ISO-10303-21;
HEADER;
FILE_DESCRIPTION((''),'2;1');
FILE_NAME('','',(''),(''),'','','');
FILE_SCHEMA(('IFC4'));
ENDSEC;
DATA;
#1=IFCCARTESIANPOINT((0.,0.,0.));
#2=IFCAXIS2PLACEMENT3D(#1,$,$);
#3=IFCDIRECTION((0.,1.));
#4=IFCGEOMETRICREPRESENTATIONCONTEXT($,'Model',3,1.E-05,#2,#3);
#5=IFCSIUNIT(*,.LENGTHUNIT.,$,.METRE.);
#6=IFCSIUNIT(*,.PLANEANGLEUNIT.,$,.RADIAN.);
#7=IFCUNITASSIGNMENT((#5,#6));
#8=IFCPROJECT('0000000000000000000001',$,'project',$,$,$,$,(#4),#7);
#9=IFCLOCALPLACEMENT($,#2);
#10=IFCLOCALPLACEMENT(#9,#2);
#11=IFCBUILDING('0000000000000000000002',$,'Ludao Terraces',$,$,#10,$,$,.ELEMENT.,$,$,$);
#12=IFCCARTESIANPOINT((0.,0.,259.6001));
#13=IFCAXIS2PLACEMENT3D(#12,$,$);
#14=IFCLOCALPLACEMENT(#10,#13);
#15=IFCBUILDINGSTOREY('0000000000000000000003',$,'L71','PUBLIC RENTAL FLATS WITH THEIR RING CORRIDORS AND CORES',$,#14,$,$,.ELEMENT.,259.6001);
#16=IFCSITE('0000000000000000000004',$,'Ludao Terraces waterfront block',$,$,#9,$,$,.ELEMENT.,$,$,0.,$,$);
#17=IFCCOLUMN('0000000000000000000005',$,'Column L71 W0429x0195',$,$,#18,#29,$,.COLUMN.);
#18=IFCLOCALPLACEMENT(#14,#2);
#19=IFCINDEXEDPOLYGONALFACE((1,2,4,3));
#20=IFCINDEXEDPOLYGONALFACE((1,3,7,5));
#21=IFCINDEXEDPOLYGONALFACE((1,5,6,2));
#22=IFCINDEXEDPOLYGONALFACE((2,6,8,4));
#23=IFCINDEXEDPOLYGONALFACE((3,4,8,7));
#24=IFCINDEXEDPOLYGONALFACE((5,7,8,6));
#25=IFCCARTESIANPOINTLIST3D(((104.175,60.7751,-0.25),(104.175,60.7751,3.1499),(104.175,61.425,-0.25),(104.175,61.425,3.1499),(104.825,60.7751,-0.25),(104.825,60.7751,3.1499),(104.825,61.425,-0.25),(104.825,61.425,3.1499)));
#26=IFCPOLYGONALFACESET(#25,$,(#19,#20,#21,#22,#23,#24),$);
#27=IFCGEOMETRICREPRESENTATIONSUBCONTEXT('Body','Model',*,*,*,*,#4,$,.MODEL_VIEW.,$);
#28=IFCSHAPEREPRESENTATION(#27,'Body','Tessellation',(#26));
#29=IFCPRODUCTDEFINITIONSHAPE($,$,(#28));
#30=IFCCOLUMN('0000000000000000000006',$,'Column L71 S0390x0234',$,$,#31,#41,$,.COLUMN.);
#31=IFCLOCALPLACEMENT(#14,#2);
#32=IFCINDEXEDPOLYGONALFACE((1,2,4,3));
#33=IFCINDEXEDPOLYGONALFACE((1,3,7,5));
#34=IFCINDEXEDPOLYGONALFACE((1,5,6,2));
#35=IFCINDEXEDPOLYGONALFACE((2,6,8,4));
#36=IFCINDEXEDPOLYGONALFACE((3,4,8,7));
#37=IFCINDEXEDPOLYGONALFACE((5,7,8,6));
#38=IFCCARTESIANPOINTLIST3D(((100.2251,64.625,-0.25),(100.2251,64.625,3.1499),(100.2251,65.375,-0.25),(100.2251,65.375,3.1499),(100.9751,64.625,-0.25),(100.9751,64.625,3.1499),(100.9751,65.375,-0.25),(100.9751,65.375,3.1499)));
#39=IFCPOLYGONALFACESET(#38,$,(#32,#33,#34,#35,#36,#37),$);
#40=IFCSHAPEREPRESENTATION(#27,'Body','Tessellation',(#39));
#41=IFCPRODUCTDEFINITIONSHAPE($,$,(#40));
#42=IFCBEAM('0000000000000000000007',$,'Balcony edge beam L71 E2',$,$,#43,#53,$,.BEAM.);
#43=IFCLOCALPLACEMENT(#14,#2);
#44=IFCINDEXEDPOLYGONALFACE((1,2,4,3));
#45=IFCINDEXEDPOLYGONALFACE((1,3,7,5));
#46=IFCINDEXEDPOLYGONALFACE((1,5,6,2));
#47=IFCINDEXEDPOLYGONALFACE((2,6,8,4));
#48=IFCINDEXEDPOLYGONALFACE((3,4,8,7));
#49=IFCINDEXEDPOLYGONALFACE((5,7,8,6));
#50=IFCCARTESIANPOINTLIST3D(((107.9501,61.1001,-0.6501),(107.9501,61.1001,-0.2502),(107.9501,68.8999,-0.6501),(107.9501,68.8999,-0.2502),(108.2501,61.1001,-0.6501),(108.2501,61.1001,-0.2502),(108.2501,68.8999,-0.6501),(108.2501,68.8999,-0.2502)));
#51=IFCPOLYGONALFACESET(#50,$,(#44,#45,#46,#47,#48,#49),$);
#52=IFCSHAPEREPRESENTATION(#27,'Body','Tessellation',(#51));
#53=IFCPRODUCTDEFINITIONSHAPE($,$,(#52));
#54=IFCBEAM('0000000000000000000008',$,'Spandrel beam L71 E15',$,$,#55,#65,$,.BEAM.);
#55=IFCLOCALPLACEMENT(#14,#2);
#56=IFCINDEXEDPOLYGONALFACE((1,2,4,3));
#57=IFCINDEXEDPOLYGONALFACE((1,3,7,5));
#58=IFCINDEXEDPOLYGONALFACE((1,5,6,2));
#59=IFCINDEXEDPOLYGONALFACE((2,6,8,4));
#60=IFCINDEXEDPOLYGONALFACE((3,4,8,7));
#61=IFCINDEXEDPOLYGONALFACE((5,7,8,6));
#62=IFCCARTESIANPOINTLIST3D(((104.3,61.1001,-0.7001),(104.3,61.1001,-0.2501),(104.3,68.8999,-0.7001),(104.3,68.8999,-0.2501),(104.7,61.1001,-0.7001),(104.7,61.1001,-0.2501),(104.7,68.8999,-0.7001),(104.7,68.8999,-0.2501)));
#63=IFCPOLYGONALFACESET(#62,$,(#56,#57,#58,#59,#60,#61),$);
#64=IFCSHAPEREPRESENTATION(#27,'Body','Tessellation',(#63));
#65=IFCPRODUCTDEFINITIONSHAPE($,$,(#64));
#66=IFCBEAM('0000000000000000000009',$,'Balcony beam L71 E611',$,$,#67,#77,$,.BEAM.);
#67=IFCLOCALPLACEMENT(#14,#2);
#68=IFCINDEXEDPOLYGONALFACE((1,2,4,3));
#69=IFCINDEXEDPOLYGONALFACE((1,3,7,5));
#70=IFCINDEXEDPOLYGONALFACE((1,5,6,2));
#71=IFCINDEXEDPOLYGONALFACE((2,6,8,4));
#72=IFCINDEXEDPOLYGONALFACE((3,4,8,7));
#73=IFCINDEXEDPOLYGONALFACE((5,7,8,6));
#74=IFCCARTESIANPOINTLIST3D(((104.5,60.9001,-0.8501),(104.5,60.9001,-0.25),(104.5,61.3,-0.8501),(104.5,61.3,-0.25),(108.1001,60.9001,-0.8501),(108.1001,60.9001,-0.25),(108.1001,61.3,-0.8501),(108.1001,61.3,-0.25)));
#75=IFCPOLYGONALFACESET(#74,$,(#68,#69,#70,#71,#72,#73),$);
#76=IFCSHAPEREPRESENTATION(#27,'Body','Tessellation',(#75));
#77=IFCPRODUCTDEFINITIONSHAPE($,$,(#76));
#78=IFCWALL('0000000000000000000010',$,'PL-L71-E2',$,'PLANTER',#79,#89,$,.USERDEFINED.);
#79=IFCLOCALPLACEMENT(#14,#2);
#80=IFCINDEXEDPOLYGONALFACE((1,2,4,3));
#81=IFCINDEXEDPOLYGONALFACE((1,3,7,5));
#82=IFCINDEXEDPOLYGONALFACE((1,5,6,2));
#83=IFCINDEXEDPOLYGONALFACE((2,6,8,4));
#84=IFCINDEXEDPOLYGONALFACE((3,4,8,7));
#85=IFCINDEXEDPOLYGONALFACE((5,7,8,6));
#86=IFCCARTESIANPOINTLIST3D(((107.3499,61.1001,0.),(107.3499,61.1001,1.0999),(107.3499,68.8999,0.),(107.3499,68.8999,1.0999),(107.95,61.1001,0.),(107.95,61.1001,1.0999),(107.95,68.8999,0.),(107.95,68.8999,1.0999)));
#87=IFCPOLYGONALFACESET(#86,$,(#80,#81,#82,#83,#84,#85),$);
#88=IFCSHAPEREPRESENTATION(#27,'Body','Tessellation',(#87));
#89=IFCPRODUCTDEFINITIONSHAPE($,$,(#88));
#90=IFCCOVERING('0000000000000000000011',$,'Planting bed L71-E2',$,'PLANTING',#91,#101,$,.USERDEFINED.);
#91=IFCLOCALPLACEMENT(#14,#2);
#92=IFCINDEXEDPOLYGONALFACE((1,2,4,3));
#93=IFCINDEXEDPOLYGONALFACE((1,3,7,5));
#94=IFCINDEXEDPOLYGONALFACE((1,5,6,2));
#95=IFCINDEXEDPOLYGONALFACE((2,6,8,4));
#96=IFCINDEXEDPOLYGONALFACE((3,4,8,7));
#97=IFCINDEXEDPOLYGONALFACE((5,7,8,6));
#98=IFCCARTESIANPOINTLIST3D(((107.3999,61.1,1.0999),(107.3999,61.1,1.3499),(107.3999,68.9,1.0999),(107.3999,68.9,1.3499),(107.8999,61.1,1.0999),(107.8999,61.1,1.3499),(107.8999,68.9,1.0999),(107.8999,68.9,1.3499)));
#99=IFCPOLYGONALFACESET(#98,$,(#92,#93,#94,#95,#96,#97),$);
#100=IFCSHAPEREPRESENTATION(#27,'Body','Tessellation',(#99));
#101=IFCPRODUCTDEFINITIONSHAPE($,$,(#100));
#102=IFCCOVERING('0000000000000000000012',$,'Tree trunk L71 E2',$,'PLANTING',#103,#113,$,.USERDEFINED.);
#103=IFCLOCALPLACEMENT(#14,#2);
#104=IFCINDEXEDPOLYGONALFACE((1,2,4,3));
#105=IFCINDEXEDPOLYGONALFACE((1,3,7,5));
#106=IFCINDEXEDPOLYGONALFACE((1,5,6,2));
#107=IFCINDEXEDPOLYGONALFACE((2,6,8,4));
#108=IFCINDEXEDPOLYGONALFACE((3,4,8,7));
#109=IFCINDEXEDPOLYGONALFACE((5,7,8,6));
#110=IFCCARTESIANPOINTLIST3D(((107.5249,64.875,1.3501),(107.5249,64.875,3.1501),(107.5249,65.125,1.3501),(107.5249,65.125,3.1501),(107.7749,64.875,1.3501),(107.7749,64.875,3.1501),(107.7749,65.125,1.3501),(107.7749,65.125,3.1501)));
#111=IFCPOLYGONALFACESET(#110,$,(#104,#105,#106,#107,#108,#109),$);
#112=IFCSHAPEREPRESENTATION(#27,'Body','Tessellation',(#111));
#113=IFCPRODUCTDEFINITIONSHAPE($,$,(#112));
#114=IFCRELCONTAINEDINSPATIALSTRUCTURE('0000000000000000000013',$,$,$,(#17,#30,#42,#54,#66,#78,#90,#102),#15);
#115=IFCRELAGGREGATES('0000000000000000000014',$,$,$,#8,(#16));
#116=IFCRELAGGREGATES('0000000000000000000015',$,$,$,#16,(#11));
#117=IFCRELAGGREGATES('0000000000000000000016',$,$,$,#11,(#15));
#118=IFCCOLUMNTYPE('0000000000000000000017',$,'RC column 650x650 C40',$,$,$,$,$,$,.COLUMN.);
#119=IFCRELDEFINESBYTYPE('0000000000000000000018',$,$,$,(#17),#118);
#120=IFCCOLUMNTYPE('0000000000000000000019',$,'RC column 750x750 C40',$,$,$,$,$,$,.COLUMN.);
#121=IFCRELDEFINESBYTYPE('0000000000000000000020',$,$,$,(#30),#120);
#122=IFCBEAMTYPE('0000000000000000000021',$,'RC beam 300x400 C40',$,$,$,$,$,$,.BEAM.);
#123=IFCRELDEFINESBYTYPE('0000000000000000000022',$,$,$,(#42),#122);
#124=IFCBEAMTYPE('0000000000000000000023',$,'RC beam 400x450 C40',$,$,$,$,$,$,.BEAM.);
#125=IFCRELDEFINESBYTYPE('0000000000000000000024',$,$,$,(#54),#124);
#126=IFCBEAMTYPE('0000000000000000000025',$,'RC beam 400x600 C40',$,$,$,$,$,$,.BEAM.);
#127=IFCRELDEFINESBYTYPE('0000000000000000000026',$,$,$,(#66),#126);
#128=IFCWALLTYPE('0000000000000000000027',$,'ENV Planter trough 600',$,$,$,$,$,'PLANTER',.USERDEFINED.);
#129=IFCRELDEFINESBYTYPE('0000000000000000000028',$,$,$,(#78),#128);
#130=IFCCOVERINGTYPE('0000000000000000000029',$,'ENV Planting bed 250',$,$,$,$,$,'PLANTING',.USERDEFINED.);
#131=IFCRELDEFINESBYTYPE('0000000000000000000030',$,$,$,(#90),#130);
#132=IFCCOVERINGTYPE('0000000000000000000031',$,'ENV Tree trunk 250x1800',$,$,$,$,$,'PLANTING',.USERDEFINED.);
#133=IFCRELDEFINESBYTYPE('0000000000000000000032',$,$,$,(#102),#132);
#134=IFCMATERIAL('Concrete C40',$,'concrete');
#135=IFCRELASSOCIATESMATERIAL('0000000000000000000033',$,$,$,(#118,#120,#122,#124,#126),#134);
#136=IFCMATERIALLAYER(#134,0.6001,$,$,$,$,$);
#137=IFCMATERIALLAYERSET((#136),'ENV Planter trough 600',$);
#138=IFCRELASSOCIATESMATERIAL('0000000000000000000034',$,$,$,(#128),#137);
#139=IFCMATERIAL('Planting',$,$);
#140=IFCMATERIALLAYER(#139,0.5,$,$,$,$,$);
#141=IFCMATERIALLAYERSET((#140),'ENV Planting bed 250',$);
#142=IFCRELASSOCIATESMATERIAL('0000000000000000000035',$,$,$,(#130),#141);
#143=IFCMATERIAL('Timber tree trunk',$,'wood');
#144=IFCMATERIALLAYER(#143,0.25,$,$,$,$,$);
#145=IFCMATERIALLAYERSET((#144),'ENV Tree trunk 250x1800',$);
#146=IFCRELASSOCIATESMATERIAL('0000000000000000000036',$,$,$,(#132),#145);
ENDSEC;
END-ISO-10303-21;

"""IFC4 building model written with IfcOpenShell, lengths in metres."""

from ifc_helpers import new_model, si_unit, direction, frame, frame_2d, origin, origin_2d, place, context, subcontext, project, spatial, rectangle, extrude, material, layer, layer_set, material_profile, profile_set, type_object, element, save


model = new_model("IFC4")

# Units and contexts
model_context = context("Model", 3, precision=1e-05, world=origin(), true_north=direction((0.0, 1.0)))
body_context = subcontext(model_context, "Body", "Model", "MODEL_VIEW")
ifc_project = project(units=[si_unit("LENGTHUNIT", "METRE"), si_unit("PLANEANGLEUNIT", "RADIAN")], contexts=[model_context])

# Site, building, storey
site_placement = place(None, origin())
site = spatial("IfcSite", under=ifc_project, at=site_placement, Name="Ludao Terraces waterfront block", CompositionType="ELEMENT", RefElevation=0.0)
building_placement = place(site_placement, origin())
building = spatial("IfcBuilding", under=site, at=building_placement, Name="Ludao Terraces", CompositionType="ELEMENT")
storey_placement = place(building_placement, frame((0.0, 0.0, 259.6001)))
storey = spatial("IfcBuildingStorey", under=building, at=storey_placement, Name="L71", Description="PUBLIC RENTAL FLATS WITH THEIR RING CORRIDORS AND CORES", CompositionType="ELEMENT", Elevation=259.6001)

# Columns
ifc_material_1 = material(Name="Concrete C40", Category="concrete")
ifc_material_profile_1 = material_profile(ifc_material_1, rectangle(XDim=0.6499, YDim=0.6499, at=origin_2d()), Name="650 X 650")
ifc_profile_set_1 = profile_set([ifc_material_profile_1], Name="Concrete C40")
column_type_1 = type_object("IfcColumnType", Name="RC column 650x650 C40", PredefinedType="COLUMN", material=ifc_profile_set_1)
column_1_placement = place(storey_placement, frame((104.5, 61.1001, -0.25), z_axis=(0.0, 0.0, 1.0), x_axis=(1.0, 0.0, 0.0)))
element("IfcColumn", 1, at=column_1_placement, inside=storey, type_object=column_type_1, Name="Column L71 W0429x0195", PredefinedType="COLUMN", context=body_context, shape_type="SweptSolid", body=[
    extrude(rectangle(XDim=0.6499, YDim=0.6499, at=origin_2d()), origin(), (0.0, 0.0, 1.0), 3.3999),
])
ifc_material_profile_2 = material_profile(ifc_material_1, rectangle(XDim=0.75, YDim=0.75, at=origin_2d()), Name="750 X 750")
ifc_profile_set_2 = profile_set([ifc_material_profile_2], Name="Concrete C40")
column_type_2 = type_object("IfcColumnType", Name="RC column 750x750 C40", PredefinedType="COLUMN", material=ifc_profile_set_2)
column_2_placement = place(storey_placement, frame((100.6001, 65.0, -0.25), z_axis=(0.0, 0.0, 1.0), x_axis=(1.0, 0.0, 0.0)))
element("IfcColumn", 2, at=column_2_placement, inside=storey, type_object=column_type_2, Name="Column L71 S0390x0234", PredefinedType="COLUMN", context=body_context, shape_type="SweptSolid", body=[
    extrude(rectangle(XDim=0.75, YDim=0.75, at=origin_2d()), origin(), (0.0, 0.0, 1.0), 3.3999),
])

# Beams
ifc_material_profile_3 = material_profile(ifc_material_1, rectangle(XDim=0.3, YDim=0.3999, at=origin_2d()), Name="300 X 400")
ifc_profile_set_3 = profile_set([ifc_material_profile_3], Name="Concrete C40")
beam_type_1 = type_object("IfcBeamType", Name="RC beam 300x400 C40", PredefinedType="BEAM", material=ifc_profile_set_3)
beam_1_placement = place(storey_placement, frame((108.1001, 61.1001, -0.4502), z_axis=(0.0, 1.0, 0.0), x_axis=(-1.0, 0.0, 0.0)))
element("IfcBeam", 3, at=beam_1_placement, inside=storey, type_object=beam_type_1, Name="Balcony edge beam L71 E2", PredefinedType="BEAM", context=body_context, shape_type="SweptSolid", body=[
    extrude(rectangle(XDim=0.3, YDim=0.3999, at=origin_2d()), origin(), (0.0, 0.0, 1.0), 7.7998),
])
ifc_material_profile_4 = material_profile(ifc_material_1, rectangle(XDim=0.3999, YDim=0.45, at=origin_2d()), Name="400 X 450")
ifc_profile_set_4 = profile_set([ifc_material_profile_4], Name="Concrete C40")
beam_type_2 = type_object("IfcBeamType", Name="RC beam 400x450 C40", PredefinedType="BEAM", material=ifc_profile_set_4)
beam_2_placement = place(storey_placement, frame((104.5, 61.1001, -0.4751), z_axis=(0.0, 1.0, 0.0), x_axis=(-1.0, 0.0, 0.0)))
element("IfcBeam", 4, at=beam_2_placement, inside=storey, type_object=beam_type_2, Name="Spandrel beam L71 E15", PredefinedType="BEAM", context=body_context, shape_type="SweptSolid", body=[
    extrude(rectangle(XDim=0.3999, YDim=0.45, at=origin_2d()), origin(), (0.0, 0.0, 1.0), 7.7998),
])
ifc_material_profile_5 = material_profile(ifc_material_1, rectangle(XDim=0.3999, YDim=0.6001, at=origin_2d()), Name="400 X 600")
ifc_profile_set_5 = profile_set([ifc_material_profile_5], Name="Concrete C40")
beam_type_3 = type_object("IfcBeamType", Name="RC beam 400x600 C40", PredefinedType="BEAM", material=ifc_profile_set_5)
beam_3_placement = place(storey_placement, frame((104.5, 61.1001, -0.55), z_axis=(1.0, 0.0, 0.0), x_axis=(0.0, 1.0, 0.0)))
element("IfcBeam", 5, at=beam_3_placement, inside=storey, type_object=beam_type_3, Name="Balcony beam L71 E611", PredefinedType="BEAM", context=body_context, shape_type="SweptSolid", body=[
    extrude(rectangle(XDim=0.3999, YDim=0.6001, at=origin_2d()), origin(), (0.0, 0.0, 1.0), 3.6001),
])

# Wall
ifc_layer_1 = layer(ifc_material_1, 0.6001)
ifc_layer_set_1 = layer_set([ifc_layer_1], Name="ENV Planter trough 600")
wall_type_1 = type_object("IfcWallType", Name="ENV Planter trough 600", ElementType="PLANTER", PredefinedType="USERDEFINED", material=ifc_layer_set_1)
wall_1_placement = place(storey_placement, frame((107.6499, 61.1001, 0.0), z_axis=(0.0, 0.0, 1.0), x_axis=(0.0, 1.0, 0.0)))
element("IfcWall", 6, at=wall_1_placement, inside=storey, type_object=wall_type_1, Name="PL-L71-E2", ObjectType="PLANTER", PredefinedType="USERDEFINED", context=body_context, shape_type="SweptSolid", body=[
    extrude(rectangle(XDim=7.7998, YDim=0.6001, at=frame_2d((3.8999, 0.0))), origin(), (0.0, 0.0, 1.0), 1.0999),
])

# Coverings
ifc_material_2 = material(Name="Planting")
ifc_layer_2 = layer(ifc_material_2, 0.5)
ifc_layer_set_2 = layer_set([ifc_layer_2], Name="ENV Planting bed 250")
covering_type_1 = type_object("IfcCoveringType", Name="ENV Planting bed 250", ElementType="PLANTING", PredefinedType="USERDEFINED", material=ifc_layer_set_2)
covering_1_placement = place(storey_placement, frame((107.6499, 65.0, 1.0999), z_axis=(0.0, 0.0, 1.0), x_axis=(1.0, 0.0, 0.0)))
element("IfcCovering", 7, at=covering_1_placement, inside=storey, type_object=covering_type_1, Name="Planting bed L71-E2", ObjectType="PLANTING", PredefinedType="USERDEFINED", context=body_context, shape_type="SweptSolid", body=[
    extrude(rectangle(XDim=0.5, YDim=7.8, at=origin_2d()), origin(), (0.0, 0.0, 1.0), 0.25),
])
ifc_material_3 = material(Name="Timber tree trunk", Category="wood")
ifc_layer_3 = layer(ifc_material_3, 0.25)
ifc_layer_set_3 = layer_set([ifc_layer_3], Name="ENV Tree trunk 250x1800")
covering_type_2 = type_object("IfcCoveringType", Name="ENV Tree trunk 250x1800", ElementType="PLANTING", PredefinedType="USERDEFINED", material=ifc_layer_set_3)
covering_2_placement = place(storey_placement, frame((107.6499, 65.0, 1.3501), z_axis=(0.0, 0.0, 1.0), x_axis=(1.0, 0.0, 0.0)))
element("IfcCovering", 8, at=covering_2_placement, inside=storey, type_object=covering_type_2, Name="Tree trunk L71 E2", ObjectType="PLANTING", PredefinedType="USERDEFINED", context=body_context, shape_type="SweptSolid", body=[
    extrude(rectangle(XDim=0.25, YDim=0.25, at=origin_2d()), origin(), (0.0, 0.0, 1.0), 1.8),
])

save(model, "model.ifc")
